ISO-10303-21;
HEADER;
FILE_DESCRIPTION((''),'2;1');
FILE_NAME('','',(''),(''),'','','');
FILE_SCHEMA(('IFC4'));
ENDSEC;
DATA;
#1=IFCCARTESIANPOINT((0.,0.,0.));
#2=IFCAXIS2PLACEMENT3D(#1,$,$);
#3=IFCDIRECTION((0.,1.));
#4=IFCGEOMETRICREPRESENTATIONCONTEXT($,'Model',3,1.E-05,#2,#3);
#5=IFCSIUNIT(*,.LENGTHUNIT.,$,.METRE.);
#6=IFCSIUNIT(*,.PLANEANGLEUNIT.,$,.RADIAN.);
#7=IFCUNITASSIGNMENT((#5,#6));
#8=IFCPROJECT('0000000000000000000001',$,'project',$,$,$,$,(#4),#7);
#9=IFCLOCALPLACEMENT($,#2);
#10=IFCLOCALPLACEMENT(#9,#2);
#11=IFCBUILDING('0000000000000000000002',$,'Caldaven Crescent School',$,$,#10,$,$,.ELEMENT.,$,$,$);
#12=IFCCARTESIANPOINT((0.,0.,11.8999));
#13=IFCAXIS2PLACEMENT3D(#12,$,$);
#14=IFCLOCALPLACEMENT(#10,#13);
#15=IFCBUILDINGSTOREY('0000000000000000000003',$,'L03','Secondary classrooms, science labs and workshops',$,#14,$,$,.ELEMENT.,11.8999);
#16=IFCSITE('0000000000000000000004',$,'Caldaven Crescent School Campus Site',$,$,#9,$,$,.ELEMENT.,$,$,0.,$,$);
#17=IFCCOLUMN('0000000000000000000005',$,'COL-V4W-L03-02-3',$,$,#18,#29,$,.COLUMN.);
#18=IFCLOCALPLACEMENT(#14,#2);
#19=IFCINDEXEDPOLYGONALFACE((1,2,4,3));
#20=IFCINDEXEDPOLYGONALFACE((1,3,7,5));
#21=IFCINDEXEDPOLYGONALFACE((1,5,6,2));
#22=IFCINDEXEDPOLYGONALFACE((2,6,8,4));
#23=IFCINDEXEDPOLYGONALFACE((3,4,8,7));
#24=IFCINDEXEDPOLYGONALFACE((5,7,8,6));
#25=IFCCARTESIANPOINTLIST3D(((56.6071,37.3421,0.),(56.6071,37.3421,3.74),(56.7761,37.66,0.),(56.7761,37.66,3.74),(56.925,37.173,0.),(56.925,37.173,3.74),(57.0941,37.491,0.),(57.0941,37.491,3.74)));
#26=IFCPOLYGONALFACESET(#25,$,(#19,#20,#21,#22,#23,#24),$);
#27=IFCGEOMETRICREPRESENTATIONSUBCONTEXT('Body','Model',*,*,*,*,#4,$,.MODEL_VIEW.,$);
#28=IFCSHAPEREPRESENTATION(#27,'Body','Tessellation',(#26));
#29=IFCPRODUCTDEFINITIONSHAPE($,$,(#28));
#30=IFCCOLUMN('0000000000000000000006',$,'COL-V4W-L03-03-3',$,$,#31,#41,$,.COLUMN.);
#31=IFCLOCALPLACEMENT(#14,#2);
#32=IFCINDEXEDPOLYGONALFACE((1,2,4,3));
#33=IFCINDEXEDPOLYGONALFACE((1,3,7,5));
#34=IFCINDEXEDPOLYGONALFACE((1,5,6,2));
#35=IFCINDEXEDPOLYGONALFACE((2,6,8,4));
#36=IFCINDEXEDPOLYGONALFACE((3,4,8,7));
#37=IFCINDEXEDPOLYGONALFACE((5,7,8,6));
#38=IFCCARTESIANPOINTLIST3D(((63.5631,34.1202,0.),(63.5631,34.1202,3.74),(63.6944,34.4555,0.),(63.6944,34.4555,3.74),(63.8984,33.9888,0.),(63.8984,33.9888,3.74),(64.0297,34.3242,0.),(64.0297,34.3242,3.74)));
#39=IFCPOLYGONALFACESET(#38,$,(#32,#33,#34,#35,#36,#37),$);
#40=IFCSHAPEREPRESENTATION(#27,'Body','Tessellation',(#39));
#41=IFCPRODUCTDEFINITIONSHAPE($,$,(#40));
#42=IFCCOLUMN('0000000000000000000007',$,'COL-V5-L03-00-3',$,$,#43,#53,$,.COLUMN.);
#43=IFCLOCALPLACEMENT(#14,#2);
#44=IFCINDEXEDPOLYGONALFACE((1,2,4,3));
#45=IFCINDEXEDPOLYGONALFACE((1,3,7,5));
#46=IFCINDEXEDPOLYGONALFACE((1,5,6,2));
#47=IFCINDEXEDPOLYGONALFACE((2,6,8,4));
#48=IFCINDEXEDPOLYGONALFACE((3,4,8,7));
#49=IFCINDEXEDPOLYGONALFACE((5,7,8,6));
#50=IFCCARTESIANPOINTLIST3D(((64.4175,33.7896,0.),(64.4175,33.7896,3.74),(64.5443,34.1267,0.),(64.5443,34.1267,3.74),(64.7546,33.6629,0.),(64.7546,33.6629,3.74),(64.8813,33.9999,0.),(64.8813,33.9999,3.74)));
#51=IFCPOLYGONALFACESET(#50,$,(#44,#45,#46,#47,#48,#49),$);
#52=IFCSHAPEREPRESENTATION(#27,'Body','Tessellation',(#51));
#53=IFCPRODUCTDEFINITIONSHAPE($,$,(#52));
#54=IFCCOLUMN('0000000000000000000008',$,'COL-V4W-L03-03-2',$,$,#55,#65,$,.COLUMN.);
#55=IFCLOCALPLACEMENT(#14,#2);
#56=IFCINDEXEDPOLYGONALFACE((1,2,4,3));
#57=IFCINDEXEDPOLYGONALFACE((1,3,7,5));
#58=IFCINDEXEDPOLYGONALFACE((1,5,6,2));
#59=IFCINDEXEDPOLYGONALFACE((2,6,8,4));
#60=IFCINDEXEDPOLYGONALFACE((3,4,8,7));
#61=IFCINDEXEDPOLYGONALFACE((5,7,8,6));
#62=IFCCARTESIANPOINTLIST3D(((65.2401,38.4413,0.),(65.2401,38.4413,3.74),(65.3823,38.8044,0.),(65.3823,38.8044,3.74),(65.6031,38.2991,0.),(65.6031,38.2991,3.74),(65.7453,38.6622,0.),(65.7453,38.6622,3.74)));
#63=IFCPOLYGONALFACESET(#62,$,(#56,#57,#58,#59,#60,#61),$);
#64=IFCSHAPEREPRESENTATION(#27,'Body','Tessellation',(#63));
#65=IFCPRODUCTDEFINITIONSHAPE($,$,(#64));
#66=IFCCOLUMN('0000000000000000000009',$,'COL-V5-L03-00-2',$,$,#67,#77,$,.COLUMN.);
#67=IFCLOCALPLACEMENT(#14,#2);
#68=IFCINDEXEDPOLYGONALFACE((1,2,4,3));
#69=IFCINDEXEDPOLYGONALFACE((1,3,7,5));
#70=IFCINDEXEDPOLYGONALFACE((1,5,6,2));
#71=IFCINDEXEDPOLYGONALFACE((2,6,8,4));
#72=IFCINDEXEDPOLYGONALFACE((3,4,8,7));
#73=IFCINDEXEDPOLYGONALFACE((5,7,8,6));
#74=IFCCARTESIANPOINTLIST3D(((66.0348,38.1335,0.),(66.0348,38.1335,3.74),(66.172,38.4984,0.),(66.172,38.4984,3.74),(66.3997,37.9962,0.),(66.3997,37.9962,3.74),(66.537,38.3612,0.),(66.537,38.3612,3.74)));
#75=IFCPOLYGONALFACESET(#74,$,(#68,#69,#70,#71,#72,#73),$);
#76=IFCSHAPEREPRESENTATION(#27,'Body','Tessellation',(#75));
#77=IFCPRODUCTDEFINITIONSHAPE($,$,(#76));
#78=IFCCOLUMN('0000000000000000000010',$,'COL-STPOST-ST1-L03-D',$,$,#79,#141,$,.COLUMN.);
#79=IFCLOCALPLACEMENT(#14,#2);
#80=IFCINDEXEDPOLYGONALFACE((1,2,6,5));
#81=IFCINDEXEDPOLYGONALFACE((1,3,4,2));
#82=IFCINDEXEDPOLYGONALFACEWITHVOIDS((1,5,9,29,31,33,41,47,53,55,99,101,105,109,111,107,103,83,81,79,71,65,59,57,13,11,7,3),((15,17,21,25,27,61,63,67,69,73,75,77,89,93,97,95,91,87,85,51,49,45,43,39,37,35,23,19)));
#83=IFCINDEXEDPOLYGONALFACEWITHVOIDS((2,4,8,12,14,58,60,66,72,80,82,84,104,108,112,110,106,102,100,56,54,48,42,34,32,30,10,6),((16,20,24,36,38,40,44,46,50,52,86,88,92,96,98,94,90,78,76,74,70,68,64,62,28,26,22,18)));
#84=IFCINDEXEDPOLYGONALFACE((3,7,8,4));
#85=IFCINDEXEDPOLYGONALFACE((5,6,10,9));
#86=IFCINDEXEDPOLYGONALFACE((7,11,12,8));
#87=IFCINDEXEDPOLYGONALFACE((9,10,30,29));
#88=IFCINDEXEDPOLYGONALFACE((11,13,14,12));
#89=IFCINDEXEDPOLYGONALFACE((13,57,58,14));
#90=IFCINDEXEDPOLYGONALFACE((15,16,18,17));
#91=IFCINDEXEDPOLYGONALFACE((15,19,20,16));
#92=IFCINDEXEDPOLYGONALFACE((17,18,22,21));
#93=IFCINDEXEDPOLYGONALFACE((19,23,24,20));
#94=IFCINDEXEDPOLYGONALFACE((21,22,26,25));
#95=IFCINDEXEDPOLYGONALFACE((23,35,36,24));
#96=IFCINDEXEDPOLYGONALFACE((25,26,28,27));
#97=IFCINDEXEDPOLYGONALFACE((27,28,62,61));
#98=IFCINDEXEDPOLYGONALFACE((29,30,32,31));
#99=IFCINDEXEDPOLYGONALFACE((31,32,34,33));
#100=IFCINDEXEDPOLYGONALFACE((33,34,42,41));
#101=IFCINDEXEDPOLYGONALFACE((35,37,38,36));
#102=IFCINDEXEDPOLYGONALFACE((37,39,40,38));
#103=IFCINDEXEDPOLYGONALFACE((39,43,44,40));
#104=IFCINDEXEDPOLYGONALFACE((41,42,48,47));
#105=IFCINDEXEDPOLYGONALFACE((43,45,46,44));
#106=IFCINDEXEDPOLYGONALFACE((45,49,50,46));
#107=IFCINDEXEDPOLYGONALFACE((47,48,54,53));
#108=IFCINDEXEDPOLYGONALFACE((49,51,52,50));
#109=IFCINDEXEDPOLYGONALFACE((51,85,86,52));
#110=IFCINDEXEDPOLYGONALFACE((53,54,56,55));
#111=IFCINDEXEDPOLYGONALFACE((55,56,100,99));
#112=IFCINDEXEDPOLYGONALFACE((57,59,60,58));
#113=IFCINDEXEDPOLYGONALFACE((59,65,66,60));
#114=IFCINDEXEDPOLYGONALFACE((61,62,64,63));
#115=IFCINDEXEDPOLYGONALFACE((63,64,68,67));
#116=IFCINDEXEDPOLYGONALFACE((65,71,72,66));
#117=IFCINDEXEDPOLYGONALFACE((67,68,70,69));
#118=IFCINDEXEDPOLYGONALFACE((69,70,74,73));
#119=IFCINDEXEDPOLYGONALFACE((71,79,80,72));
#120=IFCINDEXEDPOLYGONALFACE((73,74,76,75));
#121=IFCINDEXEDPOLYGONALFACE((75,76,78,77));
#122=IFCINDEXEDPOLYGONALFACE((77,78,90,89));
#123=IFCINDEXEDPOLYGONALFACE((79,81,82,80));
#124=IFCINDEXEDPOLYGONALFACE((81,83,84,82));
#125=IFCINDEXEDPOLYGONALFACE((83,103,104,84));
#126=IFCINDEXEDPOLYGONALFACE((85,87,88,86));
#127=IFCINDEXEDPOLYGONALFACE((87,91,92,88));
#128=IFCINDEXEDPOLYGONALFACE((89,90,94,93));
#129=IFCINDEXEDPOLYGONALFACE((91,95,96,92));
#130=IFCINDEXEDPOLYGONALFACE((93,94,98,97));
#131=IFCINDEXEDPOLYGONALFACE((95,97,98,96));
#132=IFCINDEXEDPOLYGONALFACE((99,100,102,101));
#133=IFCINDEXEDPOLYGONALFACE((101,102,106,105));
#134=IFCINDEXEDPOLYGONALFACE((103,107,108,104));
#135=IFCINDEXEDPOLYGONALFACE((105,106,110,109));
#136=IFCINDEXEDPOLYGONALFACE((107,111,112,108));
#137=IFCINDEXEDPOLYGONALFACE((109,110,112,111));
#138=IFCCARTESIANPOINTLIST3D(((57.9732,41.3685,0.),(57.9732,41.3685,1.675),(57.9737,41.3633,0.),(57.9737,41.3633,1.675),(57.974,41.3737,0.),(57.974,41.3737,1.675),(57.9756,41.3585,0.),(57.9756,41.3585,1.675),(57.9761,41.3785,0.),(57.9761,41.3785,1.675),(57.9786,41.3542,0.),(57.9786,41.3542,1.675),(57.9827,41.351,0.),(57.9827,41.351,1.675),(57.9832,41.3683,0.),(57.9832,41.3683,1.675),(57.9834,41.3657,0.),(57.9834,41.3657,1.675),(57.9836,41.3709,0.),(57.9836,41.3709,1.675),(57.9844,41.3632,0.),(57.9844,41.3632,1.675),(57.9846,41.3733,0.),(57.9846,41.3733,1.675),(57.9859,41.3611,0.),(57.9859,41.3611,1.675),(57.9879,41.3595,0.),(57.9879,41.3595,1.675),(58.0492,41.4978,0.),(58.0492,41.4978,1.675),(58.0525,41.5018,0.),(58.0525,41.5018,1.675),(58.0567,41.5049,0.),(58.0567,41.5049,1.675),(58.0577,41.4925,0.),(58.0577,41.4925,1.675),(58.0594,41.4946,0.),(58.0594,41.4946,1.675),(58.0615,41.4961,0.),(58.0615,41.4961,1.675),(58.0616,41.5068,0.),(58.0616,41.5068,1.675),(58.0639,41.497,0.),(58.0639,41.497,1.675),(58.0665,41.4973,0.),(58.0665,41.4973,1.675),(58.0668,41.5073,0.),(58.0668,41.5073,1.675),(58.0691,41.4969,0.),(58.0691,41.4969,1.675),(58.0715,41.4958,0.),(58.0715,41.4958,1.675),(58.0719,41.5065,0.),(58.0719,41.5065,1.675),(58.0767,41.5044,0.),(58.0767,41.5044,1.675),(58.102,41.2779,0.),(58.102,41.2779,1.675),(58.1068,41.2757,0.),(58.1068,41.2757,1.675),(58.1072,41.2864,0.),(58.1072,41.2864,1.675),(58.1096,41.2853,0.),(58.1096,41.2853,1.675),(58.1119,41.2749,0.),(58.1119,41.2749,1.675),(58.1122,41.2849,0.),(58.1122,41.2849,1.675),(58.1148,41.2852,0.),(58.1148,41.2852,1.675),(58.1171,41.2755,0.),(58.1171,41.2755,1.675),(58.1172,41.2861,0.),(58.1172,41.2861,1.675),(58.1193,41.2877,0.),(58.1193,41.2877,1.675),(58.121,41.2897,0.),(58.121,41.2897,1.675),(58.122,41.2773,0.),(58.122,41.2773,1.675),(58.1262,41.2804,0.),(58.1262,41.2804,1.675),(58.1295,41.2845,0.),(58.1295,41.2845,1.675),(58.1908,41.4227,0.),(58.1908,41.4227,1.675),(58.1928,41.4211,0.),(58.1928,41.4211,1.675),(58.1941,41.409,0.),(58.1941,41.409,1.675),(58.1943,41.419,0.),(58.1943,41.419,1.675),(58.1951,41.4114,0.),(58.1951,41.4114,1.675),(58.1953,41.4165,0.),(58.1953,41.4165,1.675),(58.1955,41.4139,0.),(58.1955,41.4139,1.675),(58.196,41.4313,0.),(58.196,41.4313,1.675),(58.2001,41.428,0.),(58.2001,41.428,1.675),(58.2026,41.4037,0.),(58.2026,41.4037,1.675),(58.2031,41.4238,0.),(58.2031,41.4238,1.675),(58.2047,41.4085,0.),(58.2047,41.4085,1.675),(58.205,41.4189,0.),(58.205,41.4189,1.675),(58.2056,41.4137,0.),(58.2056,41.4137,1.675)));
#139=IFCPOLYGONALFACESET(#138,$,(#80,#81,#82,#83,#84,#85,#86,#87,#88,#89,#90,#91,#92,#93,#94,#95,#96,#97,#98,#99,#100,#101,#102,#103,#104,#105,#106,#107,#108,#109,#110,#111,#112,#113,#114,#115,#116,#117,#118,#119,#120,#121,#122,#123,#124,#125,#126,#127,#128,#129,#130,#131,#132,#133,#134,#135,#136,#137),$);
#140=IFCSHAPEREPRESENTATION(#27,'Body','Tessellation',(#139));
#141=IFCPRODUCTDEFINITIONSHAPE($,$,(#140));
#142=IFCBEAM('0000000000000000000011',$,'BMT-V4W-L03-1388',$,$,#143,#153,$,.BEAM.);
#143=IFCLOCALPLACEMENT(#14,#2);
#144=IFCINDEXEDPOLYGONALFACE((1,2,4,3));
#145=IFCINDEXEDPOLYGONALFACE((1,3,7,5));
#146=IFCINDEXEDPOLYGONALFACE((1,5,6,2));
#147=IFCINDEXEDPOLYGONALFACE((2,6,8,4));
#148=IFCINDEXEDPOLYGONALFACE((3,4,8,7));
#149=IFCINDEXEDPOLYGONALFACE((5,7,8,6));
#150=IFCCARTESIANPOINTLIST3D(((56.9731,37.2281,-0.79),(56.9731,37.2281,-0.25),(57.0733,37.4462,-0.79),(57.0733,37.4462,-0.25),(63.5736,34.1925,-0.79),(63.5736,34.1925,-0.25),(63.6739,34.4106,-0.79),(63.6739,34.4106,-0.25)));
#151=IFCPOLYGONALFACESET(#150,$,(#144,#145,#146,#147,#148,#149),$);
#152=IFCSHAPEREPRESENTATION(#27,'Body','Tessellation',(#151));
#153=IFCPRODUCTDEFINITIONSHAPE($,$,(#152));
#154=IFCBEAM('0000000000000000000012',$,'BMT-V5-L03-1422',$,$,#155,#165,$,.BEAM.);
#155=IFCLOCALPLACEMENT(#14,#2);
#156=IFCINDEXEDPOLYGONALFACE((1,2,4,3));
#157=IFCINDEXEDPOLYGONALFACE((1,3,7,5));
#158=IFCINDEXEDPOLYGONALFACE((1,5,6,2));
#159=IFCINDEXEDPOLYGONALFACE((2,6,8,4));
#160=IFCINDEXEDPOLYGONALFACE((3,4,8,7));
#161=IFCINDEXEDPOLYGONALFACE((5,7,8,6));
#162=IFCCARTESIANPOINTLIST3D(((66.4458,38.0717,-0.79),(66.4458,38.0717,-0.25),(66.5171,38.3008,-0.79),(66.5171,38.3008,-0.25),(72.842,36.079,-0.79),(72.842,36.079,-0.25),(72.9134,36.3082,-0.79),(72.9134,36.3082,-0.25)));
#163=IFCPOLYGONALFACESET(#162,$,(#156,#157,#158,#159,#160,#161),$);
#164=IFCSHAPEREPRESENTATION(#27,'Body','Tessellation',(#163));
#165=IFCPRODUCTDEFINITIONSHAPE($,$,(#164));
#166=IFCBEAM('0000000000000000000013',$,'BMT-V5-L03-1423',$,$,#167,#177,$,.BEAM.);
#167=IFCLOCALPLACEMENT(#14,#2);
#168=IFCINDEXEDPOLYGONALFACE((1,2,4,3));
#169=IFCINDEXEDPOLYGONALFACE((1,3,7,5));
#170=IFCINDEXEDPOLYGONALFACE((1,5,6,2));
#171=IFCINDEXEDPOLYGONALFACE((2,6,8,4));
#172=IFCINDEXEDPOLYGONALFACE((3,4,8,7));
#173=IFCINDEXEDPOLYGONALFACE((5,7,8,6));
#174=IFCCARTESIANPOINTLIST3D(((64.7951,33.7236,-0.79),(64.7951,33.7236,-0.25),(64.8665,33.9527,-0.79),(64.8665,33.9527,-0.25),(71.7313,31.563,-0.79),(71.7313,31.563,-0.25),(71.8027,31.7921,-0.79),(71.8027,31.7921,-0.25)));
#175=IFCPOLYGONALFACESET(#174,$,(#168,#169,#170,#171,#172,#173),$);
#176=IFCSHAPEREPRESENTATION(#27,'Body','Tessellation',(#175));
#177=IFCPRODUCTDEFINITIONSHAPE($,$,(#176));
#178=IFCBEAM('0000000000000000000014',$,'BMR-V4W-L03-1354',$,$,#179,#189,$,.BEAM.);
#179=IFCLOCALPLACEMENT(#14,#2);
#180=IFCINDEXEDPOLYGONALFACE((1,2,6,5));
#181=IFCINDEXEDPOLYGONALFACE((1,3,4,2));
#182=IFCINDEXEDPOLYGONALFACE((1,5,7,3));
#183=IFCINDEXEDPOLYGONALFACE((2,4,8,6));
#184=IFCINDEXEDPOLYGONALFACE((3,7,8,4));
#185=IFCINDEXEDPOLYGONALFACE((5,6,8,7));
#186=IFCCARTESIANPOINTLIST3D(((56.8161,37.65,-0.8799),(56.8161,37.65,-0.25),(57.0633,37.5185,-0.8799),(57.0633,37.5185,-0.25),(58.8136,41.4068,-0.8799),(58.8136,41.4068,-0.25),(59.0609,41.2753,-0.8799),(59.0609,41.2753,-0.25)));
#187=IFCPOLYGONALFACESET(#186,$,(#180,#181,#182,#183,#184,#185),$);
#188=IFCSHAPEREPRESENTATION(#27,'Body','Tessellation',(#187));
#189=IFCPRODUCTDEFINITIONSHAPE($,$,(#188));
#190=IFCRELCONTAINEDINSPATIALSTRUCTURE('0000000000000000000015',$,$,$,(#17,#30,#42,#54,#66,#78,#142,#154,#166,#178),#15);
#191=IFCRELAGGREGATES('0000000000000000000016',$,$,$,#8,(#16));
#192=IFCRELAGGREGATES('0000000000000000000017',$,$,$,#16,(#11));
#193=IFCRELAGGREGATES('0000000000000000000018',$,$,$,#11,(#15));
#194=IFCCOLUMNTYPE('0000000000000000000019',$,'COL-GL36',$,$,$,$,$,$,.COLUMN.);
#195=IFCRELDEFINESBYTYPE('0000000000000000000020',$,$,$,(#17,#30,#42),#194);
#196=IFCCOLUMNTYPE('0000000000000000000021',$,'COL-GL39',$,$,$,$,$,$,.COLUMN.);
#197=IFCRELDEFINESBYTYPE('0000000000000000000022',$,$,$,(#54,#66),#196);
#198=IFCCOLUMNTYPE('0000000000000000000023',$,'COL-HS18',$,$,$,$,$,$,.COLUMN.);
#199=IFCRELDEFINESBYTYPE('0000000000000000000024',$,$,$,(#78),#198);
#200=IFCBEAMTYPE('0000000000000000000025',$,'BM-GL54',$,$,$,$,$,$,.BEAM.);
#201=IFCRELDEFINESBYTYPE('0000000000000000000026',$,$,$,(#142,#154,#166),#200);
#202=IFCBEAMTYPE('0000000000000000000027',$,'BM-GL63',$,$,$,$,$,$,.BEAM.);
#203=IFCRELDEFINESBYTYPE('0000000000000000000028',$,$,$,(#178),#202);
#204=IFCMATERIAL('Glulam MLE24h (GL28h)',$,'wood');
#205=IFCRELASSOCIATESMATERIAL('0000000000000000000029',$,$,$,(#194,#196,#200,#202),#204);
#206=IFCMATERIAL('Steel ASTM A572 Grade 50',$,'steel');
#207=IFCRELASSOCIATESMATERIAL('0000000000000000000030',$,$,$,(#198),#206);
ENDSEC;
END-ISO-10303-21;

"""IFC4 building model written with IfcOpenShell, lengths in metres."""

from ifc_helpers import new_model, si_unit, direction, frame, origin, origin_2d, place, context, subcontext, project, spatial, rectangle, hollow_rectangle, extrude, material, material_profile, profile_set, type_object, element, save


model = new_model("IFC4")

# Units and contexts
model_context = context("Model", 3, precision=1e-05, world=origin(), true_north=direction((0.0, 1.0)))
body_context = subcontext(model_context, "Body", "Model", "MODEL_VIEW")
ifc_project = project(units=[si_unit("LENGTHUNIT", "METRE"), si_unit("PLANEANGLEUNIT", "RADIAN")], contexts=[model_context])

# Site, building, storey
site_placement = place(None, origin())
site = spatial("IfcSite", under=ifc_project, at=site_placement, Name="Caldaven Crescent School Campus Site", CompositionType="ELEMENT", RefElevation=0.0)
building_placement = place(site_placement, origin())
building = spatial("IfcBuilding", under=site, at=building_placement, Name="Caldaven Crescent School", CompositionType="ELEMENT")
storey_placement = place(building_placement, frame((0.0, 0.0, 11.8999)))
storey = spatial("IfcBuildingStorey", under=building, at=storey_placement, Name="L03", Description="Secondary classrooms, science labs and workshops", CompositionType="ELEMENT", Elevation=11.8999)

# Columns
ifc_material_1 = material(Name="Glulam MLE24h (GL28h)", Category="wood")
ifc_material_profile_1 = material_profile(ifc_material_1, rectangle(XDim=0.3601, YDim=0.3601, at=origin_2d()), Name="MLE 360x360")
ifc_profile_set_1 = profile_set([ifc_material_profile_1], Name="Glulam MLE24h (GL28h)")
column_type_1 = type_object("IfcColumnType", Name="COL-GL36", PredefinedType="COLUMN", material=ifc_profile_set_1)
for number, where, z_axis, x_axis, name in (
    (1, (56.8506, 37.4165, 0.0), (0.0, 0.0, 1.0), (-0.469472, -0.882948, 0.0), "COL-V4W-L03-02-3"),
    (2, (63.7964, 34.2222, 0.0), (0.0, 0.0, 1.0), (-0.364714, -0.931119, 0.0), "COL-V4W-L03-03-3"),
    (3, (64.6494, 33.8948, 0.0), (0.0, 0.0, 1.0), (-0.352005, -0.935998, 0.0), "COL-V5-L03-00-3"),
):
    element("IfcColumn", number, at=place(storey_placement, frame(where, z_axis=z_axis, x_axis=x_axis)), inside=storey, type_object=column_type_1, Name=name, PredefinedType="COLUMN", context=body_context, shape_type="SweptSolid", body=[
        extrude(rectangle(XDim=0.3601, YDim=0.3601, at=origin_2d()), origin(), (0.0, 0.0, 1.0), 3.74),
    ])
ifc_material_profile_2 = material_profile(ifc_material_1, rectangle(XDim=0.3899, YDim=0.3899, at=origin_2d()), Name="MLE 390x390")
ifc_profile_set_2 = profile_set([ifc_material_profile_2], Name="Glulam MLE24h (GL28h)")
column_type_2 = type_object("IfcColumnType", Name="COL-GL39", PredefinedType="COLUMN", material=ifc_profile_set_2)
for number, where, z_axis, x_axis, name in (
    (4, (65.4927, 38.5518, 0.0), (0.0, 0.0, 1.0), (-0.364714, -0.931119, 0.0), "COL-V4W-L03-03-2"),
    (5, (66.2859, 38.2473, 0.0), (0.0, 0.0, 1.0), (-0.352005, -0.935998, 0.0), "COL-V5-L03-00-2"),
):
    element("IfcColumn", number, at=place(storey_placement, frame(where, z_axis=z_axis, x_axis=x_axis)), inside=storey, type_object=column_type_2, Name=name, PredefinedType="COLUMN", context=body_context, shape_type="SweptSolid", body=[
        extrude(rectangle(XDim=0.3899, YDim=0.3899, at=origin_2d()), origin(), (0.0, 0.0, 1.0), 3.74),
    ])
ifc_material_2 = material(Name="Steel ASTM A572 Grade 50", Category="steel")
ifc_material_profile_3 = material_profile(ifc_material_2, hollow_rectangle(XDim=0.1799, YDim=0.1799, WallThickness=0.01, InnerFilletRadius=0.01, OuterFilletRadius=0.02, at=origin_2d()), Name="HSS 180x180x10")
ifc_profile_set_3 = profile_set([ifc_material_profile_3], Name="Steel ASTM A572 Grade 50")
column_type_3 = type_object("IfcColumnType", Name="COL-HS18", PredefinedType="COLUMN", material=ifc_profile_set_3)
column_placement = place(storey_placement, frame((58.0894, 41.3911, 0.0), z_axis=(0.0, 0.0, 1.0), x_axis=(0.85264, -0.522499, 0.0)))
element("IfcColumn", 6, at=column_placement, inside=storey, type_object=column_type_3, Name="COL-STPOST-ST1-L03-D", PredefinedType="COLUMN", context=body_context, shape_type="SweptSolid", body=[
    extrude(hollow_rectangle(XDim=0.1799, YDim=0.1799, WallThickness=0.01, InnerFilletRadius=0.01, OuterFilletRadius=0.02, at=origin_2d()), origin(), (0.0, 0.0, 1.0), 1.675),
])

# Beams
ifc_material_profile_4 = material_profile(ifc_material_1, rectangle(XDim=0.24, YDim=0.54, at=origin_2d()), Name="MLE 240x540")
ifc_profile_set_4 = profile_set([ifc_material_profile_4], Name="Glulam MLE24h (GL28h)")
beam_type_1 = type_object("IfcBeamType", Name="BM-GL54", PredefinedType="BEAM", material=ifc_profile_set_4)
beam_1_placement = place(storey_placement, frame((57.0232, 37.3372, -0.52), z_axis=(0.908523, -0.417835, 0.0), x_axis=(0.417835, 0.908523, 0.0)))
element("IfcBeam", 7, at=beam_1_placement, inside=storey, type_object=beam_type_1, Name="BMT-V4W-L03-1388", PredefinedType="BEAM", context=body_context, shape_type="SweptSolid", body=[
    extrude(rectangle(XDim=0.24, YDim=0.54, at=origin_2d()), origin(), (0.0, 0.0, 1.0), 7.2651),
])
beam_2_placement = place(storey_placement, frame((66.4814, 38.1863, -0.52), z_axis=(0.954741, -0.297439, 0.0), x_axis=(0.297439, 0.954741, 0.0)))
element("IfcBeam", 8, at=beam_2_placement, inside=storey, type_object=beam_type_1, Name="BMT-V5-L03-1422", PredefinedType="BEAM", context=body_context, shape_type="SweptSolid", body=[
    extrude(rectangle(XDim=0.24, YDim=0.54, at=origin_2d()), origin(), (0.0, 0.0, 1.0), 6.6995),
])
beam_3_placement = place(storey_placement, frame((64.8308, 33.8381, -0.52), z_axis=(0.954752, -0.297404, 0.0), x_axis=(0.297404, 0.954752, 0.0)))
element("IfcBeam", 9, at=beam_3_placement, inside=storey, type_object=beam_type_1, Name="BMT-V5-L03-1423", PredefinedType="BEAM", context=body_context, shape_type="SweptSolid", body=[
    extrude(rectangle(XDim=0.24, YDim=0.54, at=origin_2d()), origin(), (0.0, 0.0, 1.0), 7.2649),
])
ifc_material_profile_5 = material_profile(ifc_material_1, rectangle(XDim=0.28, YDim=0.6299, at=origin_2d()), Name="MLE 280x630")
ifc_profile_set_5 = profile_set([ifc_material_profile_5], Name="Glulam MLE24h (GL28h)")
beam_type_2 = type_object("IfcBeamType", Name="BM-GL63", PredefinedType="BEAM", material=ifc_profile_set_5)
beam_4_placement = place(storey_placement, frame((58.9373, 41.3411, -0.5649), z_axis=(-0.469474, -0.882946, 0.0), x_axis=(0.882946, -0.469474, 0.0)))
element("IfcBeam", 10, at=beam_4_placement, inside=storey, type_object=beam_type_2, Name="BMR-V4W-L03-1354", PredefinedType="BEAM", context=body_context, shape_type="SweptSolid", body=[
    extrude(rectangle(XDim=0.28, YDim=0.6299, at=origin_2d()), origin(), (0.0, 0.0, 1.0), 4.2549),
])

save(model, "model.ifc")
